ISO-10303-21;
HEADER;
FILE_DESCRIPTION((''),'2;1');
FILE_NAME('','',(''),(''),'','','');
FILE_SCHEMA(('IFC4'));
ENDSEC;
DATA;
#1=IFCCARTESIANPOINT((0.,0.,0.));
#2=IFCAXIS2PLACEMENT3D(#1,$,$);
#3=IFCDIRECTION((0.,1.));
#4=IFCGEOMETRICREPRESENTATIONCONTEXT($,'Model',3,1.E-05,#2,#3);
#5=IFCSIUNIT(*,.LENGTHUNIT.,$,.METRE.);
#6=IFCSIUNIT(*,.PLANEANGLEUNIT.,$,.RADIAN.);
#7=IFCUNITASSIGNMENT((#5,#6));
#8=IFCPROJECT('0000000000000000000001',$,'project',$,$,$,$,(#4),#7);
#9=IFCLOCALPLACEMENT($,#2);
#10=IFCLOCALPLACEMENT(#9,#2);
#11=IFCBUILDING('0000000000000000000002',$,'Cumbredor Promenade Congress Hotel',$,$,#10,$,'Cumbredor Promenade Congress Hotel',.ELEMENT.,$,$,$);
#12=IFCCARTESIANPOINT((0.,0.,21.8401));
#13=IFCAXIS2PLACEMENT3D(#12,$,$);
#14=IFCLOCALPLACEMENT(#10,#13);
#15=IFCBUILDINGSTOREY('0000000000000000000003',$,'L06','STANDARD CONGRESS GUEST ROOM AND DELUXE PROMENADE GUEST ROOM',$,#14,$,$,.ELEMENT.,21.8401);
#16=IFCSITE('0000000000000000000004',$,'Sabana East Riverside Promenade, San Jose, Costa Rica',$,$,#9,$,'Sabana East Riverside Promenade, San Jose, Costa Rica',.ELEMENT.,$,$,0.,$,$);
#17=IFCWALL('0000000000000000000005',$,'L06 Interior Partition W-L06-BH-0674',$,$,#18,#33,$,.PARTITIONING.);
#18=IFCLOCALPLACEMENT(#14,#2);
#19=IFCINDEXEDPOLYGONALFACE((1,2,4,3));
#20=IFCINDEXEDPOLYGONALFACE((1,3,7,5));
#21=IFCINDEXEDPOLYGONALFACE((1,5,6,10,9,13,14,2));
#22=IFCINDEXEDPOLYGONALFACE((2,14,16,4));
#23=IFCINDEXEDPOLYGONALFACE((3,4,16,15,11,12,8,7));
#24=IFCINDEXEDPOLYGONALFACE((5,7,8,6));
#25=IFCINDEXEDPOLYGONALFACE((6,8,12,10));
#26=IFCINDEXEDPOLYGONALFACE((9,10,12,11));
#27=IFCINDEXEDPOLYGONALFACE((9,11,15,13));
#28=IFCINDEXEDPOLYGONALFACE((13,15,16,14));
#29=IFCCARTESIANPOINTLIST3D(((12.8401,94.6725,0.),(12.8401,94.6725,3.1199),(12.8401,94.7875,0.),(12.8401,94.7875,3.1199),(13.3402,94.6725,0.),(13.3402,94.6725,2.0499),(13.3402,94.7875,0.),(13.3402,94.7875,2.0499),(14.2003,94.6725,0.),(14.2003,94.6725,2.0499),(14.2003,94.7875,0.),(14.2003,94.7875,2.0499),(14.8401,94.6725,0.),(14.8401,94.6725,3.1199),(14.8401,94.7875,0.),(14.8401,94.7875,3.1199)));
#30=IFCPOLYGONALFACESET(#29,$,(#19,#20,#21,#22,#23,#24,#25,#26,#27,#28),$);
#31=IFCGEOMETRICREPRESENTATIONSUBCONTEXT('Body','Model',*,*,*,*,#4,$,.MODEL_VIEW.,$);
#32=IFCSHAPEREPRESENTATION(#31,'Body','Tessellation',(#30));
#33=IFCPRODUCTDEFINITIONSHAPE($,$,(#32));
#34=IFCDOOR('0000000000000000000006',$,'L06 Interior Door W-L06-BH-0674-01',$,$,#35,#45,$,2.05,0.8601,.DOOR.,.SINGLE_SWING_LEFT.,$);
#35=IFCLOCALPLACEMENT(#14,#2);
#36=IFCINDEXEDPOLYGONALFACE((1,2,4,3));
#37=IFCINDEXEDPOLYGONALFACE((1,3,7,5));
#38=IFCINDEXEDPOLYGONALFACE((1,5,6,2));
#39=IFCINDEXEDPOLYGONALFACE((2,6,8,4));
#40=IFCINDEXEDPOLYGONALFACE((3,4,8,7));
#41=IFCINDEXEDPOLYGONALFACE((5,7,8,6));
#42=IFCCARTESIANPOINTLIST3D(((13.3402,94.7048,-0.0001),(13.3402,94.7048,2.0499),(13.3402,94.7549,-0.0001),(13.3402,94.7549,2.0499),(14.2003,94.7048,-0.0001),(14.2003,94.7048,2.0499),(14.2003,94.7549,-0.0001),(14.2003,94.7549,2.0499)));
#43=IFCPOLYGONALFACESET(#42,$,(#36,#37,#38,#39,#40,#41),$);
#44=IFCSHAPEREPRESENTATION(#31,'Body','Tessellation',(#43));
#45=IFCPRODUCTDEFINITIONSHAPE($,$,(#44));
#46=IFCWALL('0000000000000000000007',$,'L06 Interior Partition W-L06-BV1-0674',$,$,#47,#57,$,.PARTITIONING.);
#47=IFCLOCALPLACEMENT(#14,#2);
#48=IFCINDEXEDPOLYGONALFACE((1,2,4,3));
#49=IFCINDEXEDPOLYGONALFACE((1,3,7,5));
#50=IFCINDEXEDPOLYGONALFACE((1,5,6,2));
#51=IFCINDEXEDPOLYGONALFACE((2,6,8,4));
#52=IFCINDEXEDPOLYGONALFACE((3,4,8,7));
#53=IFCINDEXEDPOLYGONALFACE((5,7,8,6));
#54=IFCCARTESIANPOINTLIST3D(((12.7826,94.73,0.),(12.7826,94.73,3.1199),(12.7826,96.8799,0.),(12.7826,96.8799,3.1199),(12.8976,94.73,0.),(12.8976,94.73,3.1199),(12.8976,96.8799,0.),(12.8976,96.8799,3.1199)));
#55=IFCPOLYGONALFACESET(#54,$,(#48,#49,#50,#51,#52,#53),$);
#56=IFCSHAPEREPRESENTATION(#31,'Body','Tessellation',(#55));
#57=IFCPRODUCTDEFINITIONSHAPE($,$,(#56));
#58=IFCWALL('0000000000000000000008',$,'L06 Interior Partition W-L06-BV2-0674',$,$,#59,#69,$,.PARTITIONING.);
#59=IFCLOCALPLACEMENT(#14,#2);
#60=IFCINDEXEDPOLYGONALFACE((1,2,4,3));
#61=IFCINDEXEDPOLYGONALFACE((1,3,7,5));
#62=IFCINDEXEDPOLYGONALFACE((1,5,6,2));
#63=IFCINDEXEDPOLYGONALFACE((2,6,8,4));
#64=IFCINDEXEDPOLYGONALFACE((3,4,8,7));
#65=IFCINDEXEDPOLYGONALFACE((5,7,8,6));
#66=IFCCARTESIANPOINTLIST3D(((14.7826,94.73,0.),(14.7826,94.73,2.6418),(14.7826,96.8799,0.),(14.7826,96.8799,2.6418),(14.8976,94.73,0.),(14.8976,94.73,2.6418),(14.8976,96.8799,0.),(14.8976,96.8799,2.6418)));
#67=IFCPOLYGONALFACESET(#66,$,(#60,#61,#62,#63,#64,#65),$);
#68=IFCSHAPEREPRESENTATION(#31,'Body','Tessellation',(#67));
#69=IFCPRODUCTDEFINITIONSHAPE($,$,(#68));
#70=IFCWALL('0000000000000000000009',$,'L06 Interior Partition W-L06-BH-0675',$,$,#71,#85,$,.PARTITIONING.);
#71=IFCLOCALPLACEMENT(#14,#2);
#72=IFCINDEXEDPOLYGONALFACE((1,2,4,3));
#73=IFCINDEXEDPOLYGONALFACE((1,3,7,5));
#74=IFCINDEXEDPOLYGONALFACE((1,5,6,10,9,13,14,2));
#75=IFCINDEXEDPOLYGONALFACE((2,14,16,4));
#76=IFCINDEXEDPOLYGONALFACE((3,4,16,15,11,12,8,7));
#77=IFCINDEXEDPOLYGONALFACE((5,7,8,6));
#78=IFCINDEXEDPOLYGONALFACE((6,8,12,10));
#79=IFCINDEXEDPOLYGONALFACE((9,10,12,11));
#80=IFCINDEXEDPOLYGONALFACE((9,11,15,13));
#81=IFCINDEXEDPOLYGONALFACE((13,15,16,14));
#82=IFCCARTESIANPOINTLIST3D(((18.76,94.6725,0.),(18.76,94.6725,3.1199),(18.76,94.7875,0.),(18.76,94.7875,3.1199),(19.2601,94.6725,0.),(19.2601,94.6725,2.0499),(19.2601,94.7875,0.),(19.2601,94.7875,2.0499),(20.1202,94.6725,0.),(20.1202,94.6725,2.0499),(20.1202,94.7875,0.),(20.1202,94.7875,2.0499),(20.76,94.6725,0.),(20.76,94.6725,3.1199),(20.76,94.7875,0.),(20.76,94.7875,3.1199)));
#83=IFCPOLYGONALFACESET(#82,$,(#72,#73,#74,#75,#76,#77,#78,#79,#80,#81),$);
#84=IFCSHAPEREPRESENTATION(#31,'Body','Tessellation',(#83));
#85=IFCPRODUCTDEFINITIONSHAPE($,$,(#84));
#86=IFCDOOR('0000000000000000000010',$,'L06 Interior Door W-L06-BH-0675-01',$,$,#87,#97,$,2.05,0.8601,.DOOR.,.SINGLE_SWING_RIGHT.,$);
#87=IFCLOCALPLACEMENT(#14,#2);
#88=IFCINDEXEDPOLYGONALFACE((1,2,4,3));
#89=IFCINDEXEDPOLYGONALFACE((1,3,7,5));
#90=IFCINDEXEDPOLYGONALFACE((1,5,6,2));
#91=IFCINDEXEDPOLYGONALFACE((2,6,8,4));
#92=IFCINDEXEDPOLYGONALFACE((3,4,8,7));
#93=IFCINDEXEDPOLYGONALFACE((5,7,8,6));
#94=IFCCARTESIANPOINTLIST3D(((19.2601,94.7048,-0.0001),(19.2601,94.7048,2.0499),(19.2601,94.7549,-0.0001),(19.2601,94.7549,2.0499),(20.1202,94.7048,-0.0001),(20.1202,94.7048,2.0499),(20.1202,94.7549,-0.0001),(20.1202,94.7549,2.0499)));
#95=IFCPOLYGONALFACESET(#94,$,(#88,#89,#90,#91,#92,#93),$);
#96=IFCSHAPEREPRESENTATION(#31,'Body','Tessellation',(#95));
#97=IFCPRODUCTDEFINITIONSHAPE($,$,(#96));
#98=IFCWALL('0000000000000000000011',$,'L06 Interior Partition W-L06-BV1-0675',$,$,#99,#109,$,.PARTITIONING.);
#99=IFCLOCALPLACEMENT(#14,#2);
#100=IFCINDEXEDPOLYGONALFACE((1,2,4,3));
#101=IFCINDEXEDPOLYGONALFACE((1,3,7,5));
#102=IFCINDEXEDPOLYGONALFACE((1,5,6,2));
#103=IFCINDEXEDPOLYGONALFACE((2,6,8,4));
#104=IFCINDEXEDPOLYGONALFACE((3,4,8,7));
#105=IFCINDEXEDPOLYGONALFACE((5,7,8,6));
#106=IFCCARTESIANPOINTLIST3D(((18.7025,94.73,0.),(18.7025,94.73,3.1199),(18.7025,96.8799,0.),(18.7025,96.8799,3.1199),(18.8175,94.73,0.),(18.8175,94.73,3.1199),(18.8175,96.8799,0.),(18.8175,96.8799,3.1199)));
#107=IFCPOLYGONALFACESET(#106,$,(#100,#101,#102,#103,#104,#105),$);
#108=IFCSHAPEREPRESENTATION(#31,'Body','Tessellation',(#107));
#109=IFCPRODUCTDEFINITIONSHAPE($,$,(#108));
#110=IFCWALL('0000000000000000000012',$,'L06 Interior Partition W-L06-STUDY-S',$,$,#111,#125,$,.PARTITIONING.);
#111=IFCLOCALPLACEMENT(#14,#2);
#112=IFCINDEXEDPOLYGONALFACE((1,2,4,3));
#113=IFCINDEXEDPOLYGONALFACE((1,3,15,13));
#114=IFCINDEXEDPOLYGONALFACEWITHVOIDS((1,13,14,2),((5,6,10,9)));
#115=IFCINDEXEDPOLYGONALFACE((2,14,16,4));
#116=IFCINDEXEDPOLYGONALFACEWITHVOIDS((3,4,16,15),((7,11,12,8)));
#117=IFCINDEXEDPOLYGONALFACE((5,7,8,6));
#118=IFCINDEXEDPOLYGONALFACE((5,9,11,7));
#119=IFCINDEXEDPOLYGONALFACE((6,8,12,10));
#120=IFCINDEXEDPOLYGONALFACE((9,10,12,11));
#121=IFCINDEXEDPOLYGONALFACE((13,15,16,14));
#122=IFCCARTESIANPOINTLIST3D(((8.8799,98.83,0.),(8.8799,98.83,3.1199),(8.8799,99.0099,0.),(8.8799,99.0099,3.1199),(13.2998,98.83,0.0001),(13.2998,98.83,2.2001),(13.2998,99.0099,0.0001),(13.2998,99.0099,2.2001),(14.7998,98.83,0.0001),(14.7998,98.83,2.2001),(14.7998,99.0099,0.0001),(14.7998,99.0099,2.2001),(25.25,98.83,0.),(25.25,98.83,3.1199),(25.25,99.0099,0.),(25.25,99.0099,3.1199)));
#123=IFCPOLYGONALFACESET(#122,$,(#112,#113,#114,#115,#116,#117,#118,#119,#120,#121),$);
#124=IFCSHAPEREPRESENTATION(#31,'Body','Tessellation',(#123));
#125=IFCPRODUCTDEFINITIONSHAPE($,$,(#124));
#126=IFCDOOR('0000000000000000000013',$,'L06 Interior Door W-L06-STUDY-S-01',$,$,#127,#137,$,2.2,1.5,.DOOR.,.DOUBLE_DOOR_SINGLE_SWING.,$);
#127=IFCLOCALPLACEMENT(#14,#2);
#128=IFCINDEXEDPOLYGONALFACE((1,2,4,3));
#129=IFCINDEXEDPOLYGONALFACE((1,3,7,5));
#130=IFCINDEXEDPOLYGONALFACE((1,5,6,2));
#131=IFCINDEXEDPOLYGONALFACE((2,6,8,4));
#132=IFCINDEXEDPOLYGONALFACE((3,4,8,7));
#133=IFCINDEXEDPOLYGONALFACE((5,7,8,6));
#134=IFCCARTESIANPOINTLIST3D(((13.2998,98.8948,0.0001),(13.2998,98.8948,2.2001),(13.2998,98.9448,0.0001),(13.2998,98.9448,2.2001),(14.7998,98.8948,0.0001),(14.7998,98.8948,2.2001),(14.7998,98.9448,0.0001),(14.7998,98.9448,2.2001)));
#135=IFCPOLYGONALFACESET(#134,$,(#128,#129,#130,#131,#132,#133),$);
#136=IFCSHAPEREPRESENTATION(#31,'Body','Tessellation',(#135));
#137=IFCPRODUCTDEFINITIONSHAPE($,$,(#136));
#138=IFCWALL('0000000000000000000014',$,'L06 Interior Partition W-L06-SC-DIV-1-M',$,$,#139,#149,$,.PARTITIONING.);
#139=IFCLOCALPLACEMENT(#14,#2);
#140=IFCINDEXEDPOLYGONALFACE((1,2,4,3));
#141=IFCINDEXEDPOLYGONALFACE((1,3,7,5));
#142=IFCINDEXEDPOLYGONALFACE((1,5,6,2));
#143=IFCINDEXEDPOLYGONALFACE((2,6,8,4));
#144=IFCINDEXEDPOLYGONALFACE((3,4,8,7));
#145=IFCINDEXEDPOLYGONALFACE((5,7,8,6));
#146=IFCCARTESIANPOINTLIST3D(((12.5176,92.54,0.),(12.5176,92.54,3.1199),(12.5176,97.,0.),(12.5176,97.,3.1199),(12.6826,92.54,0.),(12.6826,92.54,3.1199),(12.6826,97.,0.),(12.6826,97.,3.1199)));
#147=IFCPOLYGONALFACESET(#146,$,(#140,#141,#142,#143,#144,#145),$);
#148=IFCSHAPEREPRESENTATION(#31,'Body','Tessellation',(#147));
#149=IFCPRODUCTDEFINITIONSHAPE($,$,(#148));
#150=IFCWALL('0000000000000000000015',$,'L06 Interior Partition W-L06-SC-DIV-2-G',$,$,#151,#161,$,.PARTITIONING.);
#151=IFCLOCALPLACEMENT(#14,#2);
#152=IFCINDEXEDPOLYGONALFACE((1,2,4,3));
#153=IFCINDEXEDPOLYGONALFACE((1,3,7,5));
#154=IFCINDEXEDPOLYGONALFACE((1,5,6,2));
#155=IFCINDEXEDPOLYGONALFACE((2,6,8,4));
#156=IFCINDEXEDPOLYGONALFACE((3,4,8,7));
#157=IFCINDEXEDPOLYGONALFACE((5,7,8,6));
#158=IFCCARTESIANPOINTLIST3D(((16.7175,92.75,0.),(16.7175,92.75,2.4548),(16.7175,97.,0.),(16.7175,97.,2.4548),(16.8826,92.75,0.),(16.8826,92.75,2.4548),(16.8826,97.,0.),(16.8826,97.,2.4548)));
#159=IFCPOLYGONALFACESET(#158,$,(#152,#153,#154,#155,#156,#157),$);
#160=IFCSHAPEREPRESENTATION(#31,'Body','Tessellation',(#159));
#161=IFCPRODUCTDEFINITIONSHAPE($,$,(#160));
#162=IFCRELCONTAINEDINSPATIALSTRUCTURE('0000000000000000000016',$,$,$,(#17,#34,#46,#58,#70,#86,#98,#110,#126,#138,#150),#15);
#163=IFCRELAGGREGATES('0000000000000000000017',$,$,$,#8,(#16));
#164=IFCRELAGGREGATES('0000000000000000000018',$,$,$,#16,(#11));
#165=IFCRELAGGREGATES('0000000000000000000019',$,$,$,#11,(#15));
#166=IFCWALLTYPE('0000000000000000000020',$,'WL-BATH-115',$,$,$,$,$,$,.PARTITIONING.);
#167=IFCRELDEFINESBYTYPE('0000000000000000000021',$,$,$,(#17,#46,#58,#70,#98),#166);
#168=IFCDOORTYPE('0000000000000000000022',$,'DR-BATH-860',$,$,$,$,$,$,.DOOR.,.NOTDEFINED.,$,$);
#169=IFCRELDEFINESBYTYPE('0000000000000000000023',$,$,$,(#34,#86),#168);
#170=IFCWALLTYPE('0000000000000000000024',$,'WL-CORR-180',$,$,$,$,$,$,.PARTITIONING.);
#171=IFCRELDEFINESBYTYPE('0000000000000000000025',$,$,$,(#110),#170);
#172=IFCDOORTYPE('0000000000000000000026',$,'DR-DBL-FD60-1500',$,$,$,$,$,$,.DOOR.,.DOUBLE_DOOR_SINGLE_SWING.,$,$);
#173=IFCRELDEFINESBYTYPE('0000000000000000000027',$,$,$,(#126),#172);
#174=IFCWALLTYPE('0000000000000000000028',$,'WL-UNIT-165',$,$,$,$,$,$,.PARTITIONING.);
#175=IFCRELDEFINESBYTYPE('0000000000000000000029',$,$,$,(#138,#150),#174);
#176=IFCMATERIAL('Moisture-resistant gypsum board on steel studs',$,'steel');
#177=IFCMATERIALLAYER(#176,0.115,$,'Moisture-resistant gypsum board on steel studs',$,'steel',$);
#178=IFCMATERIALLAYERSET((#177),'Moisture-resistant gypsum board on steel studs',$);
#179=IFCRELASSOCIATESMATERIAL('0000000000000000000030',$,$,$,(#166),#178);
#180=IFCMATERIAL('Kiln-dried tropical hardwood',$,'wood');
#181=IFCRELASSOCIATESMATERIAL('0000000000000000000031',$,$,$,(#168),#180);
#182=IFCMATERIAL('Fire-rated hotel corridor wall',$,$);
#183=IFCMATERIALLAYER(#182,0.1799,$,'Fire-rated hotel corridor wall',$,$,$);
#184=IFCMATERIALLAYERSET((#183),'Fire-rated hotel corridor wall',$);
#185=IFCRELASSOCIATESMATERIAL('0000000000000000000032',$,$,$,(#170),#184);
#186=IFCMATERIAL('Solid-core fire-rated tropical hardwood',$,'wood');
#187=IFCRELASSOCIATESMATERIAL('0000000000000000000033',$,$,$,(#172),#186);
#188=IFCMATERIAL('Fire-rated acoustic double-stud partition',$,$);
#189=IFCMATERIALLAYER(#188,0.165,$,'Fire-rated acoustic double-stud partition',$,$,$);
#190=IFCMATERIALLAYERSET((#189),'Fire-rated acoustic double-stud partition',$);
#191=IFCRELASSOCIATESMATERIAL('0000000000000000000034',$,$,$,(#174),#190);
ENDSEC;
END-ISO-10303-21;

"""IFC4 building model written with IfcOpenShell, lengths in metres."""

from ifc_helpers import new_model, si_unit, direction, frame, frame_2d, origin, place, context, subcontext, project, spatial, rectangle, extrude, material, layer, layer_set, type_object, element, fill, save


model = new_model("IFC4")

# Units and contexts
model_context = context("Model", 3, precision=1e-05, world=origin(), true_north=direction((0.0, 1.0)))
body_context = subcontext(model_context, "Body", "Model", "MODEL_VIEW")
ifc_project = project(units=[si_unit("LENGTHUNIT", "METRE"), si_unit("PLANEANGLEUNIT", "RADIAN")], contexts=[model_context])

# Site, building, storey
site_placement = place(None, origin())
site = spatial("IfcSite", under=ifc_project, at=site_placement, Name="Sabana East Riverside Promenade, San Jose, Costa Rica", LongName="Sabana East Riverside Promenade, San Jose, Costa Rica", CompositionType="ELEMENT", RefElevation=0.0)
building_placement = place(site_placement, origin())
building = spatial("IfcBuilding", under=site, at=building_placement, Name="Cumbredor Promenade Congress Hotel", LongName="Cumbredor Promenade Congress Hotel", CompositionType="ELEMENT")
storey_placement = place(building_placement, frame((0.0, 0.0, 21.8401)))
storey = spatial("IfcBuildingStorey", under=building, at=storey_placement, Name="L06", Description="STANDARD CONGRESS GUEST ROOM AND DELUXE PROMENADE GUEST ROOM", CompositionType="ELEMENT", Elevation=21.8401)

# Shared definitions
ifc_material_1 = material(Name="Moisture-resistant gypsum board on steel studs", Category="steel")
ifc_layer_1 = layer(ifc_material_1, 0.115, Name="Moisture-resistant gypsum board on steel studs", Category="steel")
ifc_layer_set_1 = layer_set([ifc_layer_1], Name="Moisture-resistant gypsum board on steel studs")
wall_type_1 = type_object("IfcWallType", Name="WL-BATH-115", PredefinedType="PARTITIONING", material=ifc_layer_set_1)
ifc_material_2 = material(Name="Kiln-dried tropical hardwood", Category="wood")
door_type_1 = type_object("IfcDoorType", Name="DR-BATH-860", OperationType="NOTDEFINED", PredefinedType="DOOR", material=ifc_material_2)

# Wall, opening, door
wall_1_placement = place(storey_placement, frame((12.8401, 94.73, 0.0), z_axis=(0.0, 0.0, 1.0), x_axis=(1.0, 0.0, 0.0)))
wall_1 = element("IfcWall", 1, at=wall_1_placement, inside=storey, type_object=wall_type_1, Name="L06 Interior Partition W-L06-BH-0674", PredefinedType="PARTITIONING", context=body_context, shape_type="SweptSolid", body=[
    extrude(rectangle(XDim=2.0, YDim=0.115, at=frame_2d((1.0, 0.0))), origin(), (0.0, 0.0, 1.0), 3.1199),
])
opening_1_placement = place(wall_1_placement, frame((0.5, 0.0, 0.0)))
opening_1 = element("IfcOpeningElement", 2, at=opening_1_placement, cuts=wall_1, PredefinedType="OPENING", context=body_context, shape_type="SweptSolid", body=[
    extrude(rectangle(XDim=0.8601, YDim=2.05, at=frame_2d((0.4302, 1.0249))), frame((0.0, 0.0674, 0.0), z_axis=(0.0, -1.0, 0.0), x_axis=(1.0, 0.0, 0.0)), (0.0, 0.0, 1.0), 0.135),
])
door_1_placement = place(opening_1_placement, origin())
door_1 = element("IfcDoor", 3, at=door_1_placement, inside=storey, type_object=door_type_1, Name="L06 Interior Door W-L06-BH-0674-01", OperationType="SINGLE_SWING_LEFT", OverallHeight=2.05, OverallWidth=0.8601, PredefinedType="DOOR", context=body_context, shape_type="SweptSolid", body=[
    extrude(rectangle(XDim=0.8601, YDim=2.05, at=frame_2d((0.4302, 1.0249))), frame((0.0, 0.0249, 0.0), z_axis=(0.0, -1.0, 0.0), x_axis=(1.0, 0.0, 0.0)), (0.0, 0.0, 1.0), 0.05),
])
fill(opening_1, door_1)

# Walls
wall_2_placement = place(storey_placement, frame((12.8401, 94.73, 0.0), z_axis=(0.0, 0.0, 1.0), x_axis=(0.0, 1.0, 0.0)))
element("IfcWall", 4, at=wall_2_placement, inside=storey, type_object=wall_type_1, Name="L06 Interior Partition W-L06-BV1-0674", PredefinedType="PARTITIONING", context=body_context, shape_type="SweptSolid", body=[
    extrude(rectangle(XDim=2.1499, YDim=0.115, at=frame_2d((1.075, 0.0))), origin(), (0.0, 0.0, 1.0), 3.1199),
])
wall_3_placement = place(storey_placement, frame((14.8401, 94.73, 0.0), z_axis=(0.0, 0.0, 1.0), x_axis=(0.0, 1.0, 0.0)))
element("IfcWall", 5, at=wall_3_placement, inside=storey, type_object=wall_type_1, Name="L06 Interior Partition W-L06-BV2-0674", PredefinedType="PARTITIONING", context=body_context, shape_type="SweptSolid", body=[
    extrude(rectangle(XDim=2.1499, YDim=0.115, at=frame_2d((1.075, 0.0))), origin(), (0.0, 0.0, 1.0), 2.6418),
])

# Wall, opening, door
wall_4_placement = place(storey_placement, frame((18.76, 94.73, 0.0), z_axis=(0.0, 0.0, 1.0), x_axis=(1.0, 0.0, 0.0)))
wall_4 = element("IfcWall", 6, at=wall_4_placement, inside=storey, type_object=wall_type_1, Name="L06 Interior Partition W-L06-BH-0675", PredefinedType="PARTITIONING", context=body_context, shape_type="SweptSolid", body=[
    extrude(rectangle(XDim=2.0, YDim=0.115, at=frame_2d((1.0, 0.0))), origin(), (0.0, 0.0, 1.0), 3.1199),
])
opening_2_placement = place(wall_4_placement, frame((0.5, 0.0, 0.0)))
opening_2 = element("IfcOpeningElement", 7, at=opening_2_placement, cuts=wall_4, PredefinedType="OPENING", context=body_context, shape_type="SweptSolid", body=[
    extrude(rectangle(XDim=0.8601, YDim=2.05, at=frame_2d((0.4302, 1.0249))), frame((0.0, 0.0674, 0.0), z_axis=(0.0, -1.0, 0.0), x_axis=(1.0, 0.0, 0.0)), (0.0, 0.0, 1.0), 0.135),
])
door_2_placement = place(opening_2_placement, origin())
door_2 = element("IfcDoor", 8, at=door_2_placement, inside=storey, type_object=door_type_1, Name="L06 Interior Door W-L06-BH-0675-01", OperationType="SINGLE_SWING_RIGHT", OverallHeight=2.05, OverallWidth=0.8601, PredefinedType="DOOR", context=body_context, shape_type="SweptSolid", body=[
    extrude(rectangle(XDim=0.8601, YDim=2.05, at=frame_2d((0.4302, 1.0249))), frame((0.0, 0.0249, 0.0), z_axis=(0.0, -1.0, 0.0), x_axis=(1.0, 0.0, 0.0)), (0.0, 0.0, 1.0), 0.05),
])
fill(opening_2, door_2)

# Wall
wall_5_placement = place(storey_placement, frame((18.76, 94.73, 0.0), z_axis=(0.0, 0.0, 1.0), x_axis=(0.0, 1.0, 0.0)))
element("IfcWall", 9, at=wall_5_placement, inside=storey, type_object=wall_type_1, Name="L06 Interior Partition W-L06-BV1-0675", PredefinedType="PARTITIONING", context=body_context, shape_type="SweptSolid", body=[
    extrude(rectangle(XDim=2.1499, YDim=0.115, at=frame_2d((1.075, 0.0))), origin(), (0.0, 0.0, 1.0), 3.1199),
])

# Wall, opening, door
ifc_material_3 = material(Name="Fire-rated hotel corridor wall")
ifc_layer_2 = layer(ifc_material_3, 0.1799, Name="Fire-rated hotel corridor wall")
ifc_layer_set_2 = layer_set([ifc_layer_2], Name="Fire-rated hotel corridor wall")
wall_type_2 = type_object("IfcWallType", Name="WL-CORR-180", PredefinedType="PARTITIONING", material=ifc_layer_set_2)
wall_6_placement = place(storey_placement, frame((8.8799, 98.9199, 0.0), z_axis=(0.0, 0.0, 1.0), x_axis=(1.0, 0.0, 0.0)))
wall_6 = element("IfcWall", 10, at=wall_6_placement, inside=storey, type_object=wall_type_2, Name="L06 Interior Partition W-L06-STUDY-S", PredefinedType="PARTITIONING", context=body_context, shape_type="SweptSolid", body=[
    extrude(rectangle(XDim=16.3701, YDim=0.1799, at=frame_2d((8.1851, 0.0))), origin(), (0.0, 0.0, 1.0), 3.1199),
])
opening_3_placement = place(wall_6_placement, frame((4.4199, 0.0, 0.0)))
opening_3 = element("IfcOpeningElement", 11, at=opening_3_placement, cuts=wall_6, PredefinedType="OPENING", context=body_context, shape_type="SweptSolid", body=[
    extrude(rectangle(XDim=1.5, YDim=2.2, at=frame_2d((0.75, 1.1001))), frame((0.0, 0.1001, 0.0), z_axis=(0.0, -1.0, 0.0), x_axis=(1.0, 0.0, 0.0)), (0.0, 0.0, 1.0), 0.2),
])
ifc_material_4 = material(Name="Solid-core fire-rated tropical hardwood", Category="wood")
door_type_2 = type_object("IfcDoorType", Name="DR-DBL-FD60-1500", OperationType="DOUBLE_DOOR_SINGLE_SWING", PredefinedType="DOOR", material=ifc_material_4)
door_3_placement = place(opening_3_placement, origin())
door_3 = element("IfcDoor", 12, at=door_3_placement, inside=storey, type_object=door_type_2, Name="L06 Interior Door W-L06-STUDY-S-01", OperationType="DOUBLE_DOOR_SINGLE_SWING", OverallHeight=2.2, OverallWidth=1.5, PredefinedType="DOOR", context=body_context, shape_type="SweptSolid", body=[
    extrude(rectangle(XDim=1.5, YDim=2.2, at=frame_2d((0.75, 1.1001))), frame((0.0, 0.0249, 0.0), z_axis=(0.0, -1.0, 0.0), x_axis=(1.0, 0.0, 0.0)), (0.0, 0.0, 1.0), 0.05),
])
fill(opening_3, door_3)

# Walls
ifc_material_5 = material(Name="Fire-rated acoustic double-stud partition")
ifc_layer_3 = layer(ifc_material_5, 0.165, Name="Fire-rated acoustic double-stud partition")
ifc_layer_set_3 = layer_set([ifc_layer_3], Name="Fire-rated acoustic double-stud partition")
wall_type_3 = type_object("IfcWallType", Name="WL-UNIT-165", PredefinedType="PARTITIONING", material=ifc_layer_set_3)
wall_7_placement = place(storey_placement, frame((12.6001, 92.54, 0.0), z_axis=(0.0, 0.0, 1.0), x_axis=(0.0, 1.0, 0.0)))
element("IfcWall", 13, at=wall_7_placement, inside=storey, type_object=wall_type_3, Name="L06 Interior Partition W-L06-SC-DIV-1-M", PredefinedType="PARTITIONING", context=body_context, shape_type="SweptSolid", body=[
    extrude(rectangle(XDim=4.46, YDim=0.165, at=frame_2d((2.23, 0.0))), origin(), (0.0, 0.0, 1.0), 3.1199),
])
wall_8_placement = place(storey_placement, frame((16.8, 92.75, 0.0), z_axis=(0.0, 0.0, 1.0), x_axis=(0.0, 1.0, 0.0)))
element("IfcWall", 14, at=wall_8_placement, inside=storey, type_object=wall_type_3, Name="L06 Interior Partition W-L06-SC-DIV-2-G", PredefinedType="PARTITIONING", context=body_context, shape_type="SweptSolid", body=[
    extrude(rectangle(XDim=4.25, YDim=0.165, at=frame_2d((2.125, 0.0))), origin(), (0.0, 0.0, 1.0), 2.4548),
])

save(model, "model.ifc")
